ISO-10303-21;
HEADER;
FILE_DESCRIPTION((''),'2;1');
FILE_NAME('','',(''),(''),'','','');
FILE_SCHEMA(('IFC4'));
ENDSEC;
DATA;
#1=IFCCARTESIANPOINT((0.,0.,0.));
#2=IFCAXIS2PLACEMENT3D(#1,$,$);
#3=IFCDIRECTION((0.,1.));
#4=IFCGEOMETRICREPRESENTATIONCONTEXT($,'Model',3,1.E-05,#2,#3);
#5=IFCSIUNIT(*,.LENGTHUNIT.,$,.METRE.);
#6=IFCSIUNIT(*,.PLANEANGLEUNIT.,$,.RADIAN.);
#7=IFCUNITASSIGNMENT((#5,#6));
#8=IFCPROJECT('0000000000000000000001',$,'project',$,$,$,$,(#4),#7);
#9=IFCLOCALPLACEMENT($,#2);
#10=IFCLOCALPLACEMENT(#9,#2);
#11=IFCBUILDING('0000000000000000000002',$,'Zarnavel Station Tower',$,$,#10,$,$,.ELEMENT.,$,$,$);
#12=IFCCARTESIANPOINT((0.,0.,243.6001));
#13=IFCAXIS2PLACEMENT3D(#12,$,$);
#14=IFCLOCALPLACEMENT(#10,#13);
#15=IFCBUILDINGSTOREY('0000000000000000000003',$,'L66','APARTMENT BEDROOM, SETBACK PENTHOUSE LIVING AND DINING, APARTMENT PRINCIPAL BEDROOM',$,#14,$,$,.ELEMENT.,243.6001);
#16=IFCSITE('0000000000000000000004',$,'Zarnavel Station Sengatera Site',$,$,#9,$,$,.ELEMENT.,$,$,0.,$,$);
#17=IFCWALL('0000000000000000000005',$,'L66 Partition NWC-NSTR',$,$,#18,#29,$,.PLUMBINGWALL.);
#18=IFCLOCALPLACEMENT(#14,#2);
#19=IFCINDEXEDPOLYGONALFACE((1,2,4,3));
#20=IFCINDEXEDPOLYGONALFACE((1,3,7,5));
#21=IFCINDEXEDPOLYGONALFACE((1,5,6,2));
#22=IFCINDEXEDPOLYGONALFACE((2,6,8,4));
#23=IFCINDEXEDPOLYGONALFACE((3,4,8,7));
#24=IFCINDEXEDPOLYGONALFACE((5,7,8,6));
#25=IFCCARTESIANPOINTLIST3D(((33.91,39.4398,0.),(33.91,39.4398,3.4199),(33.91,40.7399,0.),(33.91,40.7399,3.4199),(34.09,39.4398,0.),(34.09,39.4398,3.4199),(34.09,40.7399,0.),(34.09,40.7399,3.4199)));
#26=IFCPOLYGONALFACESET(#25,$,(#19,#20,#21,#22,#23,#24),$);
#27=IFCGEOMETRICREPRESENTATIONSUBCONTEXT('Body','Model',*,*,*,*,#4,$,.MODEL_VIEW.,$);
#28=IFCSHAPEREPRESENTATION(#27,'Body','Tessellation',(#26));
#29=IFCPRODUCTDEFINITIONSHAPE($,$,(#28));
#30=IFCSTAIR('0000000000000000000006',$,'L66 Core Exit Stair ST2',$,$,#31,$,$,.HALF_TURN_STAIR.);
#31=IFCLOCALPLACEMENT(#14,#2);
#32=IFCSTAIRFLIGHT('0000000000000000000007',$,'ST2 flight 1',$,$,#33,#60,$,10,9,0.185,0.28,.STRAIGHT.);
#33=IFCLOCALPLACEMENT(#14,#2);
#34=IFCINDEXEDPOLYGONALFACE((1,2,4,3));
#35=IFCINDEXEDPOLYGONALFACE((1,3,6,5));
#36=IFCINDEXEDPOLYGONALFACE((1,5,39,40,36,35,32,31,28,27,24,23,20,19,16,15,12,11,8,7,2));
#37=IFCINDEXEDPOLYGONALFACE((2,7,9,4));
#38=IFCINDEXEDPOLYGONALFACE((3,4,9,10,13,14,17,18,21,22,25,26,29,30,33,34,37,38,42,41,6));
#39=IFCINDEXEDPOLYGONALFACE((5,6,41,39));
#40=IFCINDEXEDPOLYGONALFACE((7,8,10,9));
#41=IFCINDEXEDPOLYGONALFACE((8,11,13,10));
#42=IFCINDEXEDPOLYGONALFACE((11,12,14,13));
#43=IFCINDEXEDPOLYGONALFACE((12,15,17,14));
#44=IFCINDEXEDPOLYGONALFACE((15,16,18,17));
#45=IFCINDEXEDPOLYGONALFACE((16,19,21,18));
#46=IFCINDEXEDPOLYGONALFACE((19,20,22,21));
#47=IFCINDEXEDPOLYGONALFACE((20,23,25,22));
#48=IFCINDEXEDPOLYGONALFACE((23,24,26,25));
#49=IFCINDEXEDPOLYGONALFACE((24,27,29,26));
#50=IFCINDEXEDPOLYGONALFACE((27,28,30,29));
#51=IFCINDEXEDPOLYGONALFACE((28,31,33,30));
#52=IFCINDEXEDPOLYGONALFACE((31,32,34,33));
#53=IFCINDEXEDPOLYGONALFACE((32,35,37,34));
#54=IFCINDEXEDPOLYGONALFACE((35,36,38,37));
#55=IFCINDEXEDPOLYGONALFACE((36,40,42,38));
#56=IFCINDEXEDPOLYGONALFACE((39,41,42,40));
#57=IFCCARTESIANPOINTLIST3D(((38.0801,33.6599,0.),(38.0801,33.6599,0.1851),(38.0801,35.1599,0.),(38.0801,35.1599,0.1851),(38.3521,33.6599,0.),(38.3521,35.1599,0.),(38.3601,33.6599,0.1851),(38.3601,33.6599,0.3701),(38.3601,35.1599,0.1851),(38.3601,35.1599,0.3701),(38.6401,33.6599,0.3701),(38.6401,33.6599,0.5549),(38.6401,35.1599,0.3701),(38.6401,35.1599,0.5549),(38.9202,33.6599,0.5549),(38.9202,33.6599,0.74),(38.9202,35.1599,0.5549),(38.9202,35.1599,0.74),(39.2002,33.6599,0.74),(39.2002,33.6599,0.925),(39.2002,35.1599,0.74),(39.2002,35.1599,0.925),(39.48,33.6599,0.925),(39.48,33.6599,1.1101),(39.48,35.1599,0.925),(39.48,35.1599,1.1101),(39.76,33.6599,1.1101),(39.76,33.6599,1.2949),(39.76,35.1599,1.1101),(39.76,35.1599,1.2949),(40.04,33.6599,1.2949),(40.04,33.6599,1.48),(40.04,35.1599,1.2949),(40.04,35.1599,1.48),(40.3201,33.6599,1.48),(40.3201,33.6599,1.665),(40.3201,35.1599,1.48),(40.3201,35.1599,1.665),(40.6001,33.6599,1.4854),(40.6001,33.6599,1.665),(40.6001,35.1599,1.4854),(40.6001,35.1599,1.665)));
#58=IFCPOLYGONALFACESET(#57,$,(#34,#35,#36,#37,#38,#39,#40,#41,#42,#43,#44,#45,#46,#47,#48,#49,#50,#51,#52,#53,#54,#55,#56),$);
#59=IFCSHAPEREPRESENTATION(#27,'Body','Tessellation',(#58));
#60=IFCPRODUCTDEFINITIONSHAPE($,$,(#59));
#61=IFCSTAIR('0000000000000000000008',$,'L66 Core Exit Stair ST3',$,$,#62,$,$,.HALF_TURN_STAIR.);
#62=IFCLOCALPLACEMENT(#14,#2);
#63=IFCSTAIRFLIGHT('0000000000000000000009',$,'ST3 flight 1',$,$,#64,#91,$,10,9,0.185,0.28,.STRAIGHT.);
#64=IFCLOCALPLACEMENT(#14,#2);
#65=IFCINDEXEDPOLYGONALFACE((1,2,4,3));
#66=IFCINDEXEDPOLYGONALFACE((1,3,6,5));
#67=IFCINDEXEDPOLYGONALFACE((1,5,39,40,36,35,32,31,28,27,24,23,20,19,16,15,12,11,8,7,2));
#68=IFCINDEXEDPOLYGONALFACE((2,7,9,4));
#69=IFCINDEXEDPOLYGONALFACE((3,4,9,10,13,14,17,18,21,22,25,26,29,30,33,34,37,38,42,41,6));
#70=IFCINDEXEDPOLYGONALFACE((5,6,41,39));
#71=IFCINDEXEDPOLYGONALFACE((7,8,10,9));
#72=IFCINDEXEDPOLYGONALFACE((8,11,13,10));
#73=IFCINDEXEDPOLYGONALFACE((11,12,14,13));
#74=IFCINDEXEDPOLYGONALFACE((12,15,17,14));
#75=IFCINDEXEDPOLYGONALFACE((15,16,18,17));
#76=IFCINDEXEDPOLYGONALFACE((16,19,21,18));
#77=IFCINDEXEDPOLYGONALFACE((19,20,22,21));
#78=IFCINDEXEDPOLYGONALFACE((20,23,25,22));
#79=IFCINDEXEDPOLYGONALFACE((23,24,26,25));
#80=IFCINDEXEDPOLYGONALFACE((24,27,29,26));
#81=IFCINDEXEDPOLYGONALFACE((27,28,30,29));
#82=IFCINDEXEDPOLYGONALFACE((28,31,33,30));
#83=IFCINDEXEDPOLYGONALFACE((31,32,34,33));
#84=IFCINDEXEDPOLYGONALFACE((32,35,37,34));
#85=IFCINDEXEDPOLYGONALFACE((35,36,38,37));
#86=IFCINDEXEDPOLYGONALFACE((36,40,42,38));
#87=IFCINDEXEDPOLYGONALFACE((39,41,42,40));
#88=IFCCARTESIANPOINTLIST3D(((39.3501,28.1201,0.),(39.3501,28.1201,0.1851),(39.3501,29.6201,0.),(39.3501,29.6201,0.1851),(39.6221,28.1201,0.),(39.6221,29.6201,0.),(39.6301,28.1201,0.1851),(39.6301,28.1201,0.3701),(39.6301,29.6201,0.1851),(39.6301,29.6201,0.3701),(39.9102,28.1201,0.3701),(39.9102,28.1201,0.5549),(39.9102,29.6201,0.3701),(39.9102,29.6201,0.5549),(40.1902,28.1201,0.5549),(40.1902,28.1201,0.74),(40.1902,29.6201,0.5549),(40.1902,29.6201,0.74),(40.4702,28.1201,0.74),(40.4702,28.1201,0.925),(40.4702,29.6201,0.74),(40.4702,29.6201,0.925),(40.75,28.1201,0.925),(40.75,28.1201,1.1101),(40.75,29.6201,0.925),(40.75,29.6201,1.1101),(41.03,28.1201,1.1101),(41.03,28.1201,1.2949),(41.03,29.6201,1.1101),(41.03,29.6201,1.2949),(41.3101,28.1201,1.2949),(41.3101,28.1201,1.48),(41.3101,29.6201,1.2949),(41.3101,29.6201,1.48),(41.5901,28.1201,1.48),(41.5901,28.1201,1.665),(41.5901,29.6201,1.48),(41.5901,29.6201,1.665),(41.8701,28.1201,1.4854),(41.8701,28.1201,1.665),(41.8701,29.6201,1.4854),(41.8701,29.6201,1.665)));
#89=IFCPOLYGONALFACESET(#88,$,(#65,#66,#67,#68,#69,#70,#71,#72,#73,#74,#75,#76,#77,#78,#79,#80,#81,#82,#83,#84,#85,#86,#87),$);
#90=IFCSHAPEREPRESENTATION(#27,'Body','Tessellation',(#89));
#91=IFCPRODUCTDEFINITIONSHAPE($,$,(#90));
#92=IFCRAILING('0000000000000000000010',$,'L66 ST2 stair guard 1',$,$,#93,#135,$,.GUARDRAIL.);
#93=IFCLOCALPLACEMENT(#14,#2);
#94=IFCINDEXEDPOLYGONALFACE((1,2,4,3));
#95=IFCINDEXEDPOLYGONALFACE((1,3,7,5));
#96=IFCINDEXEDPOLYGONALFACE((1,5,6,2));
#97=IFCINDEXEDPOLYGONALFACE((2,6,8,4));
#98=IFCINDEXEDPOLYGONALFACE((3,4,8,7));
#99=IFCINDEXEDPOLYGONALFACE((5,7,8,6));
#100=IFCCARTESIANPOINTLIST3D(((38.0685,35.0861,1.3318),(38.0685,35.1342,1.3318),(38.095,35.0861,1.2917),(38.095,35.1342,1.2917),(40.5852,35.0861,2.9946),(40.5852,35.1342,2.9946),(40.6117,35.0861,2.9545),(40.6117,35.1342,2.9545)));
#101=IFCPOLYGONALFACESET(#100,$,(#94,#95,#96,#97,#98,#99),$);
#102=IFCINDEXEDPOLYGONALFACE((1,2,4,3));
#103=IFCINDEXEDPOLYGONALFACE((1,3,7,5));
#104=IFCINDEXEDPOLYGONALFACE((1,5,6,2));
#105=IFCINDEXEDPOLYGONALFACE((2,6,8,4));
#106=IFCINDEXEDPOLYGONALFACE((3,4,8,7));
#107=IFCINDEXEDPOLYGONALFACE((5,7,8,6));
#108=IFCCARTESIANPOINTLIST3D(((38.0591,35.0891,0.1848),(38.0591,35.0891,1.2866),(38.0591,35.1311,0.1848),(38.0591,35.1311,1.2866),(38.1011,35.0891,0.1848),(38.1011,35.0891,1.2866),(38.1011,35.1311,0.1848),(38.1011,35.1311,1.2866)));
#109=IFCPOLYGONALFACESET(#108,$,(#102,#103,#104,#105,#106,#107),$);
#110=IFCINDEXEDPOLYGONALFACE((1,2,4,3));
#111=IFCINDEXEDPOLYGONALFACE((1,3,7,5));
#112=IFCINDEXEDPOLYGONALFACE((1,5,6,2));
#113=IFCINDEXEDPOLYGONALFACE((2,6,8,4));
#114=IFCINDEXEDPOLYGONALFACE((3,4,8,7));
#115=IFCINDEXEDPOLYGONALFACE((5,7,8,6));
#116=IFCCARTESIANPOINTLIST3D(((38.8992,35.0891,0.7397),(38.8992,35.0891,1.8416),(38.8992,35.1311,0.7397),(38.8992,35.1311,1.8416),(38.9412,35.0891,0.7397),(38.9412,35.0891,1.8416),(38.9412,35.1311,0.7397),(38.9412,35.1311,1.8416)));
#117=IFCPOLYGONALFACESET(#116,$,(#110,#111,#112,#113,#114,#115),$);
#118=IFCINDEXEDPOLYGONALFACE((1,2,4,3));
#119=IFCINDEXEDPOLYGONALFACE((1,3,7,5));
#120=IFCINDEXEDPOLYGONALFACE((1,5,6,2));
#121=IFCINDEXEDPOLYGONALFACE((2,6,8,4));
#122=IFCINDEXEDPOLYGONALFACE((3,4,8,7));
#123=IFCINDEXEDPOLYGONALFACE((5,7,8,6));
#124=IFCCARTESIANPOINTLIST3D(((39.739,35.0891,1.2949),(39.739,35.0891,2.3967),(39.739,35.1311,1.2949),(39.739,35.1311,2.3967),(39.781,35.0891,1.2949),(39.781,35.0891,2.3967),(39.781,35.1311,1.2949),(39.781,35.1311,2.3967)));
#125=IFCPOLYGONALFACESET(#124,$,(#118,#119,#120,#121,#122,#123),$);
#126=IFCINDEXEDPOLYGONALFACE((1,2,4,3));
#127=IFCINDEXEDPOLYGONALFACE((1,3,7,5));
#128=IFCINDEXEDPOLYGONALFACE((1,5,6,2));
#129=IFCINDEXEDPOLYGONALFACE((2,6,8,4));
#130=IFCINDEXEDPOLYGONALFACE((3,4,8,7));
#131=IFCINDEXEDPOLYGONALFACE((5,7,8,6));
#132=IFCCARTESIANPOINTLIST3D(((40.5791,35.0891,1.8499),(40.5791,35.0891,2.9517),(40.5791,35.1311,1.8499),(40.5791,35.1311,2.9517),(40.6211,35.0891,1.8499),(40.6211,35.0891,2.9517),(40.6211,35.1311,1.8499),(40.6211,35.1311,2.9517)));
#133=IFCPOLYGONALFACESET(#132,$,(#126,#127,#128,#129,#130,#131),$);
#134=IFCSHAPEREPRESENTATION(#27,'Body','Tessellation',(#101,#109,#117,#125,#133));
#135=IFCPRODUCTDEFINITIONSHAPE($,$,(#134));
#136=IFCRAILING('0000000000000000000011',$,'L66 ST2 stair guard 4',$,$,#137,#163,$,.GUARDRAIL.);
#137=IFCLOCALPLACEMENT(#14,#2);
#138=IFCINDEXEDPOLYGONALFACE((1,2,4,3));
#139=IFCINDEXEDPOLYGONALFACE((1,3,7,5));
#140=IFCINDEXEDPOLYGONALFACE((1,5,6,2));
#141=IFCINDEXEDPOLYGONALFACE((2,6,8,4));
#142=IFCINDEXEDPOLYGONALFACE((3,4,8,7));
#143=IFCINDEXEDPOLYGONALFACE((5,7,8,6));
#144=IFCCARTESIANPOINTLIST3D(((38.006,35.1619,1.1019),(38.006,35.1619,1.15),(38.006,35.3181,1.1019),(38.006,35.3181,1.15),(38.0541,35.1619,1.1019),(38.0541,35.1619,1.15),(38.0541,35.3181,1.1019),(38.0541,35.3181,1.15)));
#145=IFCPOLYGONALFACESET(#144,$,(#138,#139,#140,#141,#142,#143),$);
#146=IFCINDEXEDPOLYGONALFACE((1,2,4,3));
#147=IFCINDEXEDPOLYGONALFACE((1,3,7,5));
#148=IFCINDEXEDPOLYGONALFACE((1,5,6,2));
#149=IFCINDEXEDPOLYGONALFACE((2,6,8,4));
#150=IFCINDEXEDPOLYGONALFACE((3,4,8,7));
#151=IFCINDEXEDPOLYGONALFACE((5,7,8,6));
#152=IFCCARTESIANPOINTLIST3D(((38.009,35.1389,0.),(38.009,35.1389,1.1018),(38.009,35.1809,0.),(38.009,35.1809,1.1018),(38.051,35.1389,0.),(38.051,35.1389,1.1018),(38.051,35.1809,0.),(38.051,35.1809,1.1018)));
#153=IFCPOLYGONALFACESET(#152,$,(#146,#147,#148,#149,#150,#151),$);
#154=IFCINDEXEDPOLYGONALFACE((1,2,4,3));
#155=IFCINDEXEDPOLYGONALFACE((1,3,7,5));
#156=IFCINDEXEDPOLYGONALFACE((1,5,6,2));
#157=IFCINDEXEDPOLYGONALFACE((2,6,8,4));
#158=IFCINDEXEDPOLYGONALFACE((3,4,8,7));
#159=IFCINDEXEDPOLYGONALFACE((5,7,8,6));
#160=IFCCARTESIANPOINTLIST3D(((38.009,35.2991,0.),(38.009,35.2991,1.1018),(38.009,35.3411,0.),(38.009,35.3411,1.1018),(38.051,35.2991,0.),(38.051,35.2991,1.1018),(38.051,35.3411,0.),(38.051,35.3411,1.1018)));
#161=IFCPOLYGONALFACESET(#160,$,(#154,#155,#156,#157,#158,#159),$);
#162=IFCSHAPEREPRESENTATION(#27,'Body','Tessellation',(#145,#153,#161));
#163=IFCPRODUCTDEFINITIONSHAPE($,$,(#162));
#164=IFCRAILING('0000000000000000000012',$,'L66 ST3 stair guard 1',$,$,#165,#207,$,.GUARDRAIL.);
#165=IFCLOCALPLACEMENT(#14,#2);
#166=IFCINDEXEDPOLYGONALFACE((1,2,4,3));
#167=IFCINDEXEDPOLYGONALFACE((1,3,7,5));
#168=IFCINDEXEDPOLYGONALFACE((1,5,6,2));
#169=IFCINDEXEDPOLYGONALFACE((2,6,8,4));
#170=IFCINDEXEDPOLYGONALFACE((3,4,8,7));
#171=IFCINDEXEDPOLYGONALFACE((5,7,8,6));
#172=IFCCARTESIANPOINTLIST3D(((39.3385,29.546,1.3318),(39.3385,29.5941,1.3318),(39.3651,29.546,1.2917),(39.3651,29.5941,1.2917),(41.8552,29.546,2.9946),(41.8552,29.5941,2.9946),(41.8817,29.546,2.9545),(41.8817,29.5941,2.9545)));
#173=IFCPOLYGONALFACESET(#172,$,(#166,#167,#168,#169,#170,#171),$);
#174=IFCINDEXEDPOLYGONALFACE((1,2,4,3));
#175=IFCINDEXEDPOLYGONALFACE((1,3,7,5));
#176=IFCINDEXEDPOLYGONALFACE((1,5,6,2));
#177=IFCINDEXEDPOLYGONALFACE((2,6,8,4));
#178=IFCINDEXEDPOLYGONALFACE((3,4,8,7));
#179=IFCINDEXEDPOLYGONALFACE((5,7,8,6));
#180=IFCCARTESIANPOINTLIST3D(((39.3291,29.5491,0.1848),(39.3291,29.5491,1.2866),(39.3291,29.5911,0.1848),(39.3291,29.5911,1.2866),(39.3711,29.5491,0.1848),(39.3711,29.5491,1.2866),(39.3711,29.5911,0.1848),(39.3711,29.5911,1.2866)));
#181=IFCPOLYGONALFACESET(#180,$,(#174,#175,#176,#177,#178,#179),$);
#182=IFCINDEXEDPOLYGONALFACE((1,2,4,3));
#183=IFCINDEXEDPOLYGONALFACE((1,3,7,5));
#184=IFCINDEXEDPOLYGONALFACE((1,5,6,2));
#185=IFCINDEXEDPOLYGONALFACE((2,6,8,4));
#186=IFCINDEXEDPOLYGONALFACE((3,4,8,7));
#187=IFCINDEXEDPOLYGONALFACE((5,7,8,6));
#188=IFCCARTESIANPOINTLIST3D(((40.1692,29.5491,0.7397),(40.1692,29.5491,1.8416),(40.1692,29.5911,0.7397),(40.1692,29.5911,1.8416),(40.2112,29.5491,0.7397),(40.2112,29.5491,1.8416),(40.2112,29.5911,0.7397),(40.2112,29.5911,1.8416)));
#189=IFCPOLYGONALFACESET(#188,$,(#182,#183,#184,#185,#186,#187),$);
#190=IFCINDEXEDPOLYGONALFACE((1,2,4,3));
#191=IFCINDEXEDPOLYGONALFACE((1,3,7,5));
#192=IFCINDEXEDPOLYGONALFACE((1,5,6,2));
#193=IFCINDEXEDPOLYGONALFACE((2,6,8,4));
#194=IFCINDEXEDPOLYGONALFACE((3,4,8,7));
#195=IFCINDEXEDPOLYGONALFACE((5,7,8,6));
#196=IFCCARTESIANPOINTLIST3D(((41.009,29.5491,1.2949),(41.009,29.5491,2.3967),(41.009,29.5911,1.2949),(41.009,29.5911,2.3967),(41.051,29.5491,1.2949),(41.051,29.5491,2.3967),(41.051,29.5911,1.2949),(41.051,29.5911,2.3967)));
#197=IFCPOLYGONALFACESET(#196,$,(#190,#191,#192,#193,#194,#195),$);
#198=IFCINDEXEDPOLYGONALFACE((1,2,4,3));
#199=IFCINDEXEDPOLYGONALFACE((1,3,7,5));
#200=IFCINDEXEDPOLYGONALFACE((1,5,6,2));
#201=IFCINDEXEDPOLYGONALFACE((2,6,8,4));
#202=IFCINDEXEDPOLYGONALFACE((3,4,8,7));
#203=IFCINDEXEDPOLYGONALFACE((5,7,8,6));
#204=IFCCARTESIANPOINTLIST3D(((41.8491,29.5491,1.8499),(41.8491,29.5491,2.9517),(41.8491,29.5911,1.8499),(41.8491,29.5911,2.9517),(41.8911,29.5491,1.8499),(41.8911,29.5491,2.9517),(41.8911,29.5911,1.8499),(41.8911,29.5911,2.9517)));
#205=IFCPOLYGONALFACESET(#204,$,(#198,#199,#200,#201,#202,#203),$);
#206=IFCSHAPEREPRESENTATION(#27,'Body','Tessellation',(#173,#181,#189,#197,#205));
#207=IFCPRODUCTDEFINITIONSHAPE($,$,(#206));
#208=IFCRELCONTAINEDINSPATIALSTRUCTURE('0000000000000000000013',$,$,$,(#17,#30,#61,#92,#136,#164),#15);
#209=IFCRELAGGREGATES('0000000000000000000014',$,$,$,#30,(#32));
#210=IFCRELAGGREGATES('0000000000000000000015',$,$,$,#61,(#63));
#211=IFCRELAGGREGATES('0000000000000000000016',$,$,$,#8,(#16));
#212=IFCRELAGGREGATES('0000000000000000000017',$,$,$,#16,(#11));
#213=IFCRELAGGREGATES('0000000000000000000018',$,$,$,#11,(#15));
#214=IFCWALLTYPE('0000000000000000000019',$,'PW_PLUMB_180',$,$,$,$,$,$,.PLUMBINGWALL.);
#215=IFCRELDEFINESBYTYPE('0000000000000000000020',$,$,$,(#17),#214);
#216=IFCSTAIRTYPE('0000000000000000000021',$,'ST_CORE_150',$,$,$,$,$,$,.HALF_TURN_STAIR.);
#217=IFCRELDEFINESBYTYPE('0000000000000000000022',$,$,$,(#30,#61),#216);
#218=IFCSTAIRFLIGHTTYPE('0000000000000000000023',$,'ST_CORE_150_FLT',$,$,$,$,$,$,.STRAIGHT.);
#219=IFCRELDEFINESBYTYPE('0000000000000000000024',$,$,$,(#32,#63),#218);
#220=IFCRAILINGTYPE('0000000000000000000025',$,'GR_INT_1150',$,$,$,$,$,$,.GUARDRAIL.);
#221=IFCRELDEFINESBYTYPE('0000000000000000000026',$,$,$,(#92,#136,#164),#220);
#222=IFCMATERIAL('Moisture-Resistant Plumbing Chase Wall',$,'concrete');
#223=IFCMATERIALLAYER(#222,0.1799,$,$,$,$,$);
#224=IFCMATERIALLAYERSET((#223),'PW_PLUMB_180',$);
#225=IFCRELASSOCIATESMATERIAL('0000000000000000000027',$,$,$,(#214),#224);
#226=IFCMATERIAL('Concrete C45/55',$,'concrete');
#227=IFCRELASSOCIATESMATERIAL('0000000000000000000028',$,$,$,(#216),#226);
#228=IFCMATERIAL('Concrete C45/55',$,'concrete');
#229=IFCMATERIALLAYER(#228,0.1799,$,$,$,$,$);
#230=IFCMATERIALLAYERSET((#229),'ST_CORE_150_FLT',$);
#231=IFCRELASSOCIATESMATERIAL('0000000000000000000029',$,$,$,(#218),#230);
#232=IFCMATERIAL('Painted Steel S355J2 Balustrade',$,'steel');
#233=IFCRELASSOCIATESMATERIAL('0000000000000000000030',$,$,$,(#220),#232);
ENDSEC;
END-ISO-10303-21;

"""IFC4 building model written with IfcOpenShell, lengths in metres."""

from ifc_helpers import new_model, si_unit, direction, frame, frame_2d, origin, origin_2d, place, context, subcontext, project, spatial, polyline, rectangle, outline, extrude, material, layer, layer_set, type_object, element, aggregate, save


model = new_model("IFC4")

# Units and contexts
model_context = context("Model", 3, precision=1e-05, world=origin(), true_north=direction((0.0, 1.0)))
body_context = subcontext(model_context, "Body", "Model", "MODEL_VIEW")
ifc_project = project(units=[si_unit("LENGTHUNIT", "METRE"), si_unit("PLANEANGLEUNIT", "RADIAN")], contexts=[model_context])

# Site, building, storey
site_placement = place(None, origin())
site = spatial("IfcSite", under=ifc_project, at=site_placement, Name="Zarnavel Station Sengatera Site", CompositionType="ELEMENT", RefElevation=0.0)
building_placement = place(site_placement, origin())
building = spatial("IfcBuilding", under=site, at=building_placement, Name="Zarnavel Station Tower", CompositionType="ELEMENT")
storey_placement = place(building_placement, frame((0.0, 0.0, 243.6001)))
storey = spatial("IfcBuildingStorey", under=building, at=storey_placement, Name="L66", Description="APARTMENT BEDROOM, SETBACK PENTHOUSE LIVING AND DINING, APARTMENT PRINCIPAL BEDROOM", CompositionType="ELEMENT", Elevation=243.6001)

# Wall
ifc_material_1 = material(Name="Moisture-Resistant Plumbing Chase Wall", Category="concrete")
ifc_layer_1 = layer(ifc_material_1, 0.1799)
ifc_layer_set_1 = layer_set([ifc_layer_1], Name="PW_PLUMB_180")
wall_type_1 = type_object("IfcWallType", Name="PW_PLUMB_180", PredefinedType="PLUMBINGWALL", material=ifc_layer_set_1)
wall_1_placement = place(storey_placement, frame((34.0, 39.4399, 0.0), z_axis=(0.0, 0.0, 1.0), x_axis=(0.0, 1.0, 0.0)))
element("IfcWall", 1, at=wall_1_placement, inside=storey, type_object=wall_type_1, Name="L66 Partition NWC-NSTR", PredefinedType="PLUMBINGWALL", context=body_context, shape_type="SweptSolid", body=[
    extrude(rectangle(XDim=1.3, YDim=0.1799, at=frame_2d((0.6499, 0.0))), origin(), (0.0, 0.0, 1.0), 3.4199),
])

# Stairs, stair flights
ifc_material_2 = material(Name="Concrete C45/55", Category="concrete")
stair_type = type_object("IfcStairType", Name="ST_CORE_150", PredefinedType="HALF_TURN_STAIR", material=ifc_material_2)
stair_1_placement = place(storey_placement, origin())
stair_1 = element("IfcStair", 2, at=stair_1_placement, inside=storey, type_object=stair_type, Name="L66 Core Exit Stair ST2", PredefinedType="HALF_TURN_STAIR")
ifc_material_3 = material(Name="Concrete C45/55", Category="concrete")
ifc_layer_2 = layer(ifc_material_3, 0.1799)
ifc_layer_set_2 = layer_set([ifc_layer_2], Name="ST_CORE_150_FLT")
stair_flight_type = type_object("IfcStairFlightType", Name="ST_CORE_150_FLT", PredefinedType="STRAIGHT", material=ifc_layer_set_2)
stair_flight_1_placement = place(storey_placement, frame((38.0801, 34.4099, 0.0), z_axis=(0.0, 0.0, 1.0), x_axis=(1.0, 0.0, 0.0)))
stair_flight_1 = element("IfcStairFlight", 3, at=stair_flight_1_placement, type_object=stair_flight_type, Name="ST2 flight 1", NumberOfRisers=10, NumberOfTreads=9, PredefinedType="STRAIGHT", RiserHeight=0.185, TreadLength=0.28, context=body_context, shape_type="SweptSolid", body=[
    extrude(outline(polyline([(0.0, 0.0), (0.0, 0.1851), (0.28, 0.1851), (0.28, 0.3701), (0.5601, 0.3701), (0.5601, 0.5549), (0.8401, 0.5549), (0.8401, 0.74), (1.1201, 0.74), (1.1201, 0.925), (1.3999, 0.925), (1.3999, 1.1101), (1.6799, 1.1101), (1.6799, 1.2949), (1.96, 1.2949), (1.96, 1.48), (2.24, 1.48), (2.24, 1.665), (2.52, 1.665), (2.52, 1.8501), (2.52, 1.4854), (0.272, 0.0), (0.0, 0.0)])), frame((0.0, 0.75, 0.0), z_axis=(0.0, -1.0, 0.0), x_axis=(1.0, 0.0, 0.0)), (0.0, 0.0, 1.0), 1.5),
])
aggregate(stair_1, [stair_flight_1])
stair_2_placement = place(storey_placement, origin())
stair_2 = element("IfcStair", 4, at=stair_2_placement, inside=storey, type_object=stair_type, Name="L66 Core Exit Stair ST3", PredefinedType="HALF_TURN_STAIR")
stair_flight_2_placement = place(storey_placement, frame((39.3501, 28.8701, 0.0), z_axis=(0.0, 0.0, 1.0), x_axis=(1.0, 0.0, 0.0)))
stair_flight_2 = element("IfcStairFlight", 5, at=stair_flight_2_placement, type_object=stair_flight_type, Name="ST3 flight 1", NumberOfRisers=10, NumberOfTreads=9, PredefinedType="STRAIGHT", RiserHeight=0.185, TreadLength=0.28, context=body_context, shape_type="SweptSolid", body=[
    extrude(outline(polyline([(0.0, 0.0), (0.0, 0.1851), (0.28, 0.1851), (0.28, 0.3701), (0.5601, 0.3701), (0.5601, 0.5549), (0.8401, 0.5549), (0.8401, 0.74), (1.1201, 0.74), (1.1201, 0.925), (1.3999, 0.925), (1.3999, 1.1101), (1.6799, 1.1101), (1.6799, 1.2949), (1.96, 1.2949), (1.96, 1.48), (2.24, 1.48), (2.24, 1.665), (2.52, 1.665), (2.52, 1.8501), (2.52, 1.4854), (0.272, 0.0), (0.0, 0.0)])), frame((0.0, 0.75, 0.0), z_axis=(0.0, -1.0, 0.0), x_axis=(1.0, 0.0, 0.0)), (0.0, 0.0, 1.0), 1.5),
])
aggregate(stair_2, [stair_flight_2])

# Railings
ifc_material_4 = material(Name="Painted Steel S355J2 Balustrade", Category="steel")
railing_type_1 = type_object("IfcRailingType", Name="GR_INT_1150", PredefinedType="GUARDRAIL", material=ifc_material_4)
railing_1_placement = place(storey_placement, frame((38.0801, 35.1101, 0.1848)))
element("IfcRailing", 6, at=railing_1_placement, inside=storey, type_object=railing_type_1, Name="L66 ST2 stair guard 1", PredefinedType="GUARDRAIL", context=body_context, shape_type="SweptSolid", body=[
    extrude(rectangle(XDim=0.0481, YDim=0.0481, at=origin_2d()), frame((0.0017, 0.0, 1.127), z_axis=(0.834331, 0.0, 0.551263), x_axis=(0.0, 1.0, 0.0)), (0.0, 0.0, 1.0), 3.0164),
    extrude(rectangle(XDim=0.042, YDim=0.042, at=origin_2d()), origin(), (0.0, 0.0, 1.0), 1.1018),
    extrude(rectangle(XDim=0.042, YDim=0.042, at=origin_2d()), frame((0.8401, 0.0, 0.5549)), (0.0, 0.0, 1.0), 1.1018),
    extrude(rectangle(XDim=0.042, YDim=0.042, at=origin_2d()), frame((1.6799, 0.0, 1.1101)), (0.0, 0.0, 1.0), 1.1018),
    extrude(rectangle(XDim=0.042, YDim=0.042, at=origin_2d()), frame((2.52, 0.0, 1.665)), (0.0, 0.0, 1.0), 1.1018),
])
railing_2_placement = place(storey_placement, frame((38.03, 35.1599, 0.0)))
element("IfcRailing", 7, at=railing_2_placement, inside=storey, type_object=railing_type_1, Name="L66 ST2 stair guard 4", PredefinedType="GUARDRAIL", context=body_context, shape_type="SweptSolid", body=[
    extrude(rectangle(XDim=0.0481, YDim=0.0481, at=origin_2d()), frame((0.0, 0.002, 1.126), z_axis=(0.0, 1.0, 0.0), x_axis=(-1.0, 0.0, 0.0)), (0.0, 0.0, 1.0), 0.1562),
    extrude(rectangle(XDim=0.042, YDim=0.042, at=origin_2d()), origin(), (0.0, 0.0, 1.0), 1.1018),
    extrude(rectangle(XDim=0.042, YDim=0.042, at=origin_2d()), frame((0.0, 0.1602, 0.0)), (0.0, 0.0, 1.0), 1.1018),
])
railing_3_placement = place(storey_placement, frame((39.3501, 29.5701, 0.1848)))
element("IfcRailing", 8, at=railing_3_placement, inside=storey, type_object=railing_type_1, Name="L66 ST3 stair guard 1", PredefinedType="GUARDRAIL", context=body_context, shape_type="SweptSolid", body=[
    extrude(rectangle(XDim=0.0481, YDim=0.0481, at=origin_2d()), frame((0.0017, 0.0, 1.127), z_axis=(0.834331, 0.0, 0.551263), x_axis=(0.0, 1.0, 0.0)), (0.0, 0.0, 1.0), 3.0164),
    extrude(rectangle(XDim=0.042, YDim=0.042, at=origin_2d()), origin(), (0.0, 0.0, 1.0), 1.1018),
    extrude(rectangle(XDim=0.042, YDim=0.042, at=origin_2d()), frame((0.8401, 0.0, 0.5549)), (0.0, 0.0, 1.0), 1.1018),
    extrude(rectangle(XDim=0.042, YDim=0.042, at=origin_2d()), frame((1.6799, 0.0, 1.1101)), (0.0, 0.0, 1.0), 1.1018),
    extrude(rectangle(XDim=0.042, YDim=0.042, at=origin_2d()), frame((2.52, 0.0, 1.665)), (0.0, 0.0, 1.0), 1.1018),
])

save(model, "model.ifc")
